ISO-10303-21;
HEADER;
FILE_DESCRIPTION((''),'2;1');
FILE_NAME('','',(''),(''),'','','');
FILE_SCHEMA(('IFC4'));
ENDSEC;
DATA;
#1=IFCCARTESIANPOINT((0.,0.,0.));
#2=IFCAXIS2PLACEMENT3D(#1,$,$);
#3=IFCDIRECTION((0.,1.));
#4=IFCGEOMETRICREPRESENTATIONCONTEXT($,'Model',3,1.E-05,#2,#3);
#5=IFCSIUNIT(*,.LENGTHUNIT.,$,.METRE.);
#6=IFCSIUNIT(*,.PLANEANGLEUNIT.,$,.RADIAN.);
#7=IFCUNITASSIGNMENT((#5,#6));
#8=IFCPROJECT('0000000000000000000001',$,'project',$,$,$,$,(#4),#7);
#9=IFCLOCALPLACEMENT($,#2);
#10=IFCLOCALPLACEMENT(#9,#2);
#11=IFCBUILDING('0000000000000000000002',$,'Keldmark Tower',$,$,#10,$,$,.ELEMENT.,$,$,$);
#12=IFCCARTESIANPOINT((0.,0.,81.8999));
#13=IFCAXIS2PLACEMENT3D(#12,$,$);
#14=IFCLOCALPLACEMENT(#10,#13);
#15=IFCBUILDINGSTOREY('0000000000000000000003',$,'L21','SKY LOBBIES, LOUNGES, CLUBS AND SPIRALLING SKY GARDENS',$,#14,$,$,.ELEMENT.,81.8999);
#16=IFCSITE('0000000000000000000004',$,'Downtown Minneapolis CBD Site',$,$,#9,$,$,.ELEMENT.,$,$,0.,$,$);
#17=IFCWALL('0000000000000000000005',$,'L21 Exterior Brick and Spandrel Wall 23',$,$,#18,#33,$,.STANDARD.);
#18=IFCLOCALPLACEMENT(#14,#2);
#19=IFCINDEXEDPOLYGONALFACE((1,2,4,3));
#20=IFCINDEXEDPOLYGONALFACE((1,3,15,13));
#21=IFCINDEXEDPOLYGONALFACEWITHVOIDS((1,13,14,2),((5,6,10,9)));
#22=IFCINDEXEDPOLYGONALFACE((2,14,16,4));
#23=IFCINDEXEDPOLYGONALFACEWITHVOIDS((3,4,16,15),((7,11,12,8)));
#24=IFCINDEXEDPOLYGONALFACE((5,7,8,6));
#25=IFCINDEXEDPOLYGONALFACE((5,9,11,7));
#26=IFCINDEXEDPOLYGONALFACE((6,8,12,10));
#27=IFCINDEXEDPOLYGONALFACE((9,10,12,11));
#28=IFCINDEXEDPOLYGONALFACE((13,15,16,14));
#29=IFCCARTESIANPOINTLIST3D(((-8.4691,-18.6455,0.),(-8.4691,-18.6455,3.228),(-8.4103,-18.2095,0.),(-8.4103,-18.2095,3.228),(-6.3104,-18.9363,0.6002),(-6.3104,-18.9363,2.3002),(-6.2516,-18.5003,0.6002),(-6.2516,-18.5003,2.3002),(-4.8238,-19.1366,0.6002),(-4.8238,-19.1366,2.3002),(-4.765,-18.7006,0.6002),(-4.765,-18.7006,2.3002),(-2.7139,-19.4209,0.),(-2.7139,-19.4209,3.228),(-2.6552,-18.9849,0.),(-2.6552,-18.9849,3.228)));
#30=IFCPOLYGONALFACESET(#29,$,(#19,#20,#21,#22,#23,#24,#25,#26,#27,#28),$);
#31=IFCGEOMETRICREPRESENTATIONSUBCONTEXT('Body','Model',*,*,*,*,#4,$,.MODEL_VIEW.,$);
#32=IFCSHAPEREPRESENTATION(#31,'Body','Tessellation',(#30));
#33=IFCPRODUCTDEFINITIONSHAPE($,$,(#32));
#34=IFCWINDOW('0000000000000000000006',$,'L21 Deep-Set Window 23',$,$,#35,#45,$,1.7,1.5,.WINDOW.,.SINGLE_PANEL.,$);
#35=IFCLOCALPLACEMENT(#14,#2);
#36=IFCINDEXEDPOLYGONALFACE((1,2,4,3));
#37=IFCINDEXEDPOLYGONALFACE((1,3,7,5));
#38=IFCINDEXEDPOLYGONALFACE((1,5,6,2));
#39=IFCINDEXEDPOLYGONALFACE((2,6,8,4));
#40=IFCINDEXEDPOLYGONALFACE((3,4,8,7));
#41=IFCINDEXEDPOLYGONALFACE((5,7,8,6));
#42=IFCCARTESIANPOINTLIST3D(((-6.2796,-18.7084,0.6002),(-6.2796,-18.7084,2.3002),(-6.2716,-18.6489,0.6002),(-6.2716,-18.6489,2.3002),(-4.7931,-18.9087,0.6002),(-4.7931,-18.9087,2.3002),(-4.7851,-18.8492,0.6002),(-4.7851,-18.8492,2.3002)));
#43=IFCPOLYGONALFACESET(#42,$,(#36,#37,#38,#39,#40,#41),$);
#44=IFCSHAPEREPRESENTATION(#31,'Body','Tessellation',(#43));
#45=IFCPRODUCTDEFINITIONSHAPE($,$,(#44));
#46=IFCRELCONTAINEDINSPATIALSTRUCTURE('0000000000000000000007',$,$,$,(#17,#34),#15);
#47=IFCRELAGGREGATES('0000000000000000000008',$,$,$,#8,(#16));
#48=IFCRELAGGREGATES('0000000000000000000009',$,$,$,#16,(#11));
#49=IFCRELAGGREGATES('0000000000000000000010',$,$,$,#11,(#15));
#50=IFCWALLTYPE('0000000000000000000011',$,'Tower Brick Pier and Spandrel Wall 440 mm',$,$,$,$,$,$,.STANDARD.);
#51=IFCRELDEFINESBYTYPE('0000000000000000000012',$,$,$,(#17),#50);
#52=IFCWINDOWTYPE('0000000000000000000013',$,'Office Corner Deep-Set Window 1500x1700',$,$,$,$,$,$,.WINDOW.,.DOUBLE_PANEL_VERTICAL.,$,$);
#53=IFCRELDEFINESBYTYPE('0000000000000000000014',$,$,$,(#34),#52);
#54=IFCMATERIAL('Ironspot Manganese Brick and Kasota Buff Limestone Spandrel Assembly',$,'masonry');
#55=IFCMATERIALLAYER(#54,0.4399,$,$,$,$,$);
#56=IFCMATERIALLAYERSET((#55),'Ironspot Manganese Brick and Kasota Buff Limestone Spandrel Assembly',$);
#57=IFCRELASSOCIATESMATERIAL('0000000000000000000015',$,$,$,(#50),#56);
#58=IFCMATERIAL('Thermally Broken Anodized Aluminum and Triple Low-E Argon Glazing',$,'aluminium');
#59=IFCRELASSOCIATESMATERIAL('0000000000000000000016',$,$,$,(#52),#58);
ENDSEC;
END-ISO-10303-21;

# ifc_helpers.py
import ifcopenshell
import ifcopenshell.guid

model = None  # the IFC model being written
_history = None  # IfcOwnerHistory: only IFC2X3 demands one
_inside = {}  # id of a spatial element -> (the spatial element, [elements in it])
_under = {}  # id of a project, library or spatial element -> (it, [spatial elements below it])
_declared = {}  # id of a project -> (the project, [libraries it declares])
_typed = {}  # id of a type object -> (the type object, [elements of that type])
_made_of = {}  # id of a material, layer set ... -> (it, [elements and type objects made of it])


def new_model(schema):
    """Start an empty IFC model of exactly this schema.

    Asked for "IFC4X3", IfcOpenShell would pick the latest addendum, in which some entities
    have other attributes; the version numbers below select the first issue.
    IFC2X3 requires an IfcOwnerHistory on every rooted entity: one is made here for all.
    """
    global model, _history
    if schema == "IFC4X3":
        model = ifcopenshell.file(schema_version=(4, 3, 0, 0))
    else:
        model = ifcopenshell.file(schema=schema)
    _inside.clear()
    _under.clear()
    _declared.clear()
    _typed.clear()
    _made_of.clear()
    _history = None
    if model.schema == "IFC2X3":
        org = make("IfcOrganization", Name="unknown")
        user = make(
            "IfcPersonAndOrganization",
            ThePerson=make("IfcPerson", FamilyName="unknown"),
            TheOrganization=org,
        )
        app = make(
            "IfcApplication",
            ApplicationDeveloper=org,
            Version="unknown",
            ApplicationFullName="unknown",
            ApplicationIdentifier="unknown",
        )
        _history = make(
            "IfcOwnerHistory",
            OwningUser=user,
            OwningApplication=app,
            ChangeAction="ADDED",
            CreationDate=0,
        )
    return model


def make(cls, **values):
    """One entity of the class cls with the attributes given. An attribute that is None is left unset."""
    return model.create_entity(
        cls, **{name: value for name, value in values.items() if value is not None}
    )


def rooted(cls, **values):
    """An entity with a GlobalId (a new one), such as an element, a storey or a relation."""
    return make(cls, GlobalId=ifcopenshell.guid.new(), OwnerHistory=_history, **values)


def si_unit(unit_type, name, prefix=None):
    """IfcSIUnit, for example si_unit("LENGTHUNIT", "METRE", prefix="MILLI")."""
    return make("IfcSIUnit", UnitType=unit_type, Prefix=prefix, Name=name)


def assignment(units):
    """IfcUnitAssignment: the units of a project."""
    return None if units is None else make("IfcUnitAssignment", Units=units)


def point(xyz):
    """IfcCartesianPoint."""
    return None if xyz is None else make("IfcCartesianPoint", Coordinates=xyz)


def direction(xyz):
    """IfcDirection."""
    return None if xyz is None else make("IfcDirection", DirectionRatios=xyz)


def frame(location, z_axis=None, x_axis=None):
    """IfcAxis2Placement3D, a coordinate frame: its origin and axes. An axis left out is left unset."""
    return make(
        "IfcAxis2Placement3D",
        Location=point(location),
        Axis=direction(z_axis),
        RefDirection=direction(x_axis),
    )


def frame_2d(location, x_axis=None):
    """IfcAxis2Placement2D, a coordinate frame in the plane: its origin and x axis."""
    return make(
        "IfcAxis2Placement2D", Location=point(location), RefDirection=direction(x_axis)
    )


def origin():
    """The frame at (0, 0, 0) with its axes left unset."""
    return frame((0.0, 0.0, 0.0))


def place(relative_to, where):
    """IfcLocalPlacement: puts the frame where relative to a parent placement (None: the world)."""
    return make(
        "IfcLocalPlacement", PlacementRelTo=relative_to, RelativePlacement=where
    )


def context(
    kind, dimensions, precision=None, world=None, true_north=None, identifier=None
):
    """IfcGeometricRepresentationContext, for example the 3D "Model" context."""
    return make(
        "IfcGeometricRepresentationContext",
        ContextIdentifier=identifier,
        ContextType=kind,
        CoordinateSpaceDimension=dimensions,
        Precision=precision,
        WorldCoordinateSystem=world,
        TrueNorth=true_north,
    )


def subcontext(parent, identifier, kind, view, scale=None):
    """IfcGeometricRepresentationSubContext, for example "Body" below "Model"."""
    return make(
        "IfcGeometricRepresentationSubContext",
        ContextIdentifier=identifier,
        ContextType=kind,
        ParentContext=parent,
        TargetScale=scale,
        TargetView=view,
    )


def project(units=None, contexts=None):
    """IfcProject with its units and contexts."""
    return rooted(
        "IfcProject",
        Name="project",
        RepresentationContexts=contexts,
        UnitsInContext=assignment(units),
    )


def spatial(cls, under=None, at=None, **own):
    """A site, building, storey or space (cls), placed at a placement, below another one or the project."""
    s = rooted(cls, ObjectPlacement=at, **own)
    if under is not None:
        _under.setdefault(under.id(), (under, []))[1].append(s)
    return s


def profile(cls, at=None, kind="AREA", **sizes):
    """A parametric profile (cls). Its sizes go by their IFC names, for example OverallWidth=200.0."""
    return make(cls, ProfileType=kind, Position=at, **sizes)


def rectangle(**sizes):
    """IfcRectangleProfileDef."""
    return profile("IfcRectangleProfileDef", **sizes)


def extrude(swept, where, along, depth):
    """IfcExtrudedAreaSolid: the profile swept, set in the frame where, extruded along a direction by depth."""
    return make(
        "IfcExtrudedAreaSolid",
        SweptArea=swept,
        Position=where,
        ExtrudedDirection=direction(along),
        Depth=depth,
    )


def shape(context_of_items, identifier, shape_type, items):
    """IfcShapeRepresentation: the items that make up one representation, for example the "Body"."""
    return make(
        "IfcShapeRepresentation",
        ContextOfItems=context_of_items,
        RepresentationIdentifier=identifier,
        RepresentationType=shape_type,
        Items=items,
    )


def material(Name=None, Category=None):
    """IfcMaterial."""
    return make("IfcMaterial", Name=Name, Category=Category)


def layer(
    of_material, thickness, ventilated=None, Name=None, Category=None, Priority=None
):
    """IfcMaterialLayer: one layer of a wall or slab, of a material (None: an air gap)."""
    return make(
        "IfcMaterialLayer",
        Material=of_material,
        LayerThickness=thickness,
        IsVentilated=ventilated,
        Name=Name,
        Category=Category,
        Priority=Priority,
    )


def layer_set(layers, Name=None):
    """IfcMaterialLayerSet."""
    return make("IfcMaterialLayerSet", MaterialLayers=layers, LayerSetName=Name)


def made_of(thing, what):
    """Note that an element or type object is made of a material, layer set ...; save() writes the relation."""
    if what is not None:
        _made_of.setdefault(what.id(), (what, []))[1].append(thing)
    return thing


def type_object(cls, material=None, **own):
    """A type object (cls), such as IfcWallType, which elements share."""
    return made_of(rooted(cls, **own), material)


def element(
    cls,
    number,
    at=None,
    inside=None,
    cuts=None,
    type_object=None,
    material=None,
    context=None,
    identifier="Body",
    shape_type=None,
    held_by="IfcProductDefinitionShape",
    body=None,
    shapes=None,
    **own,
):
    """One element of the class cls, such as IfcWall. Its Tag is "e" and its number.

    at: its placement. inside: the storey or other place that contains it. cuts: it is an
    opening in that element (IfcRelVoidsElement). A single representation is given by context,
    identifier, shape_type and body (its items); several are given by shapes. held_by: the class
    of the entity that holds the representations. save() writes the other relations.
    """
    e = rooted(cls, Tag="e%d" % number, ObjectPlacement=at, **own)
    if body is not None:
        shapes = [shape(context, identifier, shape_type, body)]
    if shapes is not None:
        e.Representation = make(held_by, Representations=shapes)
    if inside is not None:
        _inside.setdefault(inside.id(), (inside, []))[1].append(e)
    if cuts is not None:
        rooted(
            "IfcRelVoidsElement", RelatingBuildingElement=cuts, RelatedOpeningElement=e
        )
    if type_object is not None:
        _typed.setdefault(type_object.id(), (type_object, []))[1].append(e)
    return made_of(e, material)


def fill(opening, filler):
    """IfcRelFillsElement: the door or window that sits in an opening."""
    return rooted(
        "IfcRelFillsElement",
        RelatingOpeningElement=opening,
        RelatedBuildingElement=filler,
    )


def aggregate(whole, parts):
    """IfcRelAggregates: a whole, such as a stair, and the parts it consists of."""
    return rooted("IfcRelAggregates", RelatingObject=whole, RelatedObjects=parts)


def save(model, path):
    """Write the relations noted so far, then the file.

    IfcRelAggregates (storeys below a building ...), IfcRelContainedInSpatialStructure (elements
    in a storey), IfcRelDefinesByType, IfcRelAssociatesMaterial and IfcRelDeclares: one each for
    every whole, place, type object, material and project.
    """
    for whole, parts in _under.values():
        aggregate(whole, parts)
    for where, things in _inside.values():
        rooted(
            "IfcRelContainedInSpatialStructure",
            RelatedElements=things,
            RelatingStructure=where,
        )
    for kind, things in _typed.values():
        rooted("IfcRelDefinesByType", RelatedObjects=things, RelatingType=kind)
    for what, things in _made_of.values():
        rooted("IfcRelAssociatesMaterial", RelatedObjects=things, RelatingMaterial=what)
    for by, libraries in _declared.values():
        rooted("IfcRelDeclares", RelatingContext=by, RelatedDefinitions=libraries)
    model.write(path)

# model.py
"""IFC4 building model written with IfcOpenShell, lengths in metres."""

from ifc_helpers import new_model, si_unit, direction, frame, frame_2d, origin, place, context, subcontext, project, spatial, rectangle, extrude, material, layer, layer_set, type_object, element, fill, save


model = new_model("IFC4")

# Units and contexts
model_context = context("Model", 3, precision=1e-05, world=origin(), true_north=direction((0.0, 1.0)))
body_context = subcontext(model_context, "Body", "Model", "MODEL_VIEW")
ifc_project = project(units=[si_unit("LENGTHUNIT", "METRE"), si_unit("PLANEANGLEUNIT", "RADIAN")], contexts=[model_context])

# Site, building, storey
site_placement = place(None, origin())
site = spatial("IfcSite", under=ifc_project, at=site_placement, Name="Downtown Minneapolis CBD Site", CompositionType="ELEMENT", RefElevation=0.0)
building_placement = place(site_placement, origin())
building = spatial("IfcBuilding", under=site, at=building_placement, Name="Keldmark Tower", CompositionType="ELEMENT")
storey_placement = place(building_placement, frame((0.0, 0.0, 81.8999)))
storey = spatial("IfcBuildingStorey", under=building, at=storey_placement, Name="L21", Description="SKY LOBBIES, LOUNGES, CLUBS AND SPIRALLING SKY GARDENS", CompositionType="ELEMENT", Elevation=81.8999)

# Wall, opening, window
ifc_material_1 = material(Name="Ironspot Manganese Brick and Kasota Buff Limestone Spandrel Assembly", Category="masonry")
ifc_layer_1 = layer(ifc_material_1, 0.4399)
ifc_layer_set_1 = layer_set([ifc_layer_1], Name="Ironspot Manganese Brick and Kasota Buff Limestone Spandrel Assembly")
wall_type_1 = type_object("IfcWallType", Name="Tower Brick Pier and Spandrel Wall 440 mm", PredefinedType="STANDARD", material=ifc_layer_set_1)
wall_1_placement = place(storey_placement, frame((-2.6846, -19.2029, 0.0), z_axis=(0.0, 0.0, 1.0), x_axis=(-0.991046, 0.133524, 0.0)))
wall_1 = element("IfcWall", 1, at=wall_1_placement, inside=storey, type_object=wall_type_1, Name="L21 Exterior Brick and Spandrel Wall 23", PredefinedType="STANDARD", context=body_context, shape_type="SweptSolid", body=[
    extrude(rectangle(XDim=5.8071, YDim=0.4399, at=frame_2d((2.9036, 0.0))), origin(), (0.0, 0.0, 1.0), 3.228),
])
opening_placement = place(wall_1_placement, frame((2.1289, 0.0, 0.6001)))
opening = element("IfcOpeningElement", 2, at=opening_placement, cuts=wall_1, PredefinedType="OPENING", context=body_context, shape_type="SweptSolid", body=[
    extrude(rectangle(XDim=1.5, YDim=1.7, at=frame_2d((0.75, 0.8501))), frame((0.0, 0.23, 0.0), z_axis=(0.0, -1.0, 0.0), x_axis=(1.0, 0.0, 0.0)), (0.0, 0.0, 1.0), 0.46),
])
ifc_material_2 = material(Name="Thermally Broken Anodized Aluminum and Triple Low-E Argon Glazing", Category="aluminium")
window_type = type_object("IfcWindowType", Name="Office Corner Deep-Set Window 1500x1700", PartitioningType="DOUBLE_PANEL_VERTICAL", PredefinedType="WINDOW", material=ifc_material_2)
window_placement = place(opening_placement, origin())
window = element("IfcWindow", 3, at=window_placement, inside=storey, type_object=window_type, Name="L21 Deep-Set Window 23", OverallHeight=1.7, OverallWidth=1.5, PartitioningType="SINGLE_PANEL", PredefinedType="WINDOW", context=body_context, shape_type="SweptSolid", body=[
    extrude(rectangle(XDim=1.5, YDim=1.7, at=frame_2d((0.75, 0.8501))), frame((0.0, -0.01, 0.0), z_axis=(0.0, -1.0, 0.0), x_axis=(1.0, 0.0, 0.0)), (0.0, 0.0, 1.0), 0.0601),
])
fill(opening, window)

save(model, "model.ifc")
